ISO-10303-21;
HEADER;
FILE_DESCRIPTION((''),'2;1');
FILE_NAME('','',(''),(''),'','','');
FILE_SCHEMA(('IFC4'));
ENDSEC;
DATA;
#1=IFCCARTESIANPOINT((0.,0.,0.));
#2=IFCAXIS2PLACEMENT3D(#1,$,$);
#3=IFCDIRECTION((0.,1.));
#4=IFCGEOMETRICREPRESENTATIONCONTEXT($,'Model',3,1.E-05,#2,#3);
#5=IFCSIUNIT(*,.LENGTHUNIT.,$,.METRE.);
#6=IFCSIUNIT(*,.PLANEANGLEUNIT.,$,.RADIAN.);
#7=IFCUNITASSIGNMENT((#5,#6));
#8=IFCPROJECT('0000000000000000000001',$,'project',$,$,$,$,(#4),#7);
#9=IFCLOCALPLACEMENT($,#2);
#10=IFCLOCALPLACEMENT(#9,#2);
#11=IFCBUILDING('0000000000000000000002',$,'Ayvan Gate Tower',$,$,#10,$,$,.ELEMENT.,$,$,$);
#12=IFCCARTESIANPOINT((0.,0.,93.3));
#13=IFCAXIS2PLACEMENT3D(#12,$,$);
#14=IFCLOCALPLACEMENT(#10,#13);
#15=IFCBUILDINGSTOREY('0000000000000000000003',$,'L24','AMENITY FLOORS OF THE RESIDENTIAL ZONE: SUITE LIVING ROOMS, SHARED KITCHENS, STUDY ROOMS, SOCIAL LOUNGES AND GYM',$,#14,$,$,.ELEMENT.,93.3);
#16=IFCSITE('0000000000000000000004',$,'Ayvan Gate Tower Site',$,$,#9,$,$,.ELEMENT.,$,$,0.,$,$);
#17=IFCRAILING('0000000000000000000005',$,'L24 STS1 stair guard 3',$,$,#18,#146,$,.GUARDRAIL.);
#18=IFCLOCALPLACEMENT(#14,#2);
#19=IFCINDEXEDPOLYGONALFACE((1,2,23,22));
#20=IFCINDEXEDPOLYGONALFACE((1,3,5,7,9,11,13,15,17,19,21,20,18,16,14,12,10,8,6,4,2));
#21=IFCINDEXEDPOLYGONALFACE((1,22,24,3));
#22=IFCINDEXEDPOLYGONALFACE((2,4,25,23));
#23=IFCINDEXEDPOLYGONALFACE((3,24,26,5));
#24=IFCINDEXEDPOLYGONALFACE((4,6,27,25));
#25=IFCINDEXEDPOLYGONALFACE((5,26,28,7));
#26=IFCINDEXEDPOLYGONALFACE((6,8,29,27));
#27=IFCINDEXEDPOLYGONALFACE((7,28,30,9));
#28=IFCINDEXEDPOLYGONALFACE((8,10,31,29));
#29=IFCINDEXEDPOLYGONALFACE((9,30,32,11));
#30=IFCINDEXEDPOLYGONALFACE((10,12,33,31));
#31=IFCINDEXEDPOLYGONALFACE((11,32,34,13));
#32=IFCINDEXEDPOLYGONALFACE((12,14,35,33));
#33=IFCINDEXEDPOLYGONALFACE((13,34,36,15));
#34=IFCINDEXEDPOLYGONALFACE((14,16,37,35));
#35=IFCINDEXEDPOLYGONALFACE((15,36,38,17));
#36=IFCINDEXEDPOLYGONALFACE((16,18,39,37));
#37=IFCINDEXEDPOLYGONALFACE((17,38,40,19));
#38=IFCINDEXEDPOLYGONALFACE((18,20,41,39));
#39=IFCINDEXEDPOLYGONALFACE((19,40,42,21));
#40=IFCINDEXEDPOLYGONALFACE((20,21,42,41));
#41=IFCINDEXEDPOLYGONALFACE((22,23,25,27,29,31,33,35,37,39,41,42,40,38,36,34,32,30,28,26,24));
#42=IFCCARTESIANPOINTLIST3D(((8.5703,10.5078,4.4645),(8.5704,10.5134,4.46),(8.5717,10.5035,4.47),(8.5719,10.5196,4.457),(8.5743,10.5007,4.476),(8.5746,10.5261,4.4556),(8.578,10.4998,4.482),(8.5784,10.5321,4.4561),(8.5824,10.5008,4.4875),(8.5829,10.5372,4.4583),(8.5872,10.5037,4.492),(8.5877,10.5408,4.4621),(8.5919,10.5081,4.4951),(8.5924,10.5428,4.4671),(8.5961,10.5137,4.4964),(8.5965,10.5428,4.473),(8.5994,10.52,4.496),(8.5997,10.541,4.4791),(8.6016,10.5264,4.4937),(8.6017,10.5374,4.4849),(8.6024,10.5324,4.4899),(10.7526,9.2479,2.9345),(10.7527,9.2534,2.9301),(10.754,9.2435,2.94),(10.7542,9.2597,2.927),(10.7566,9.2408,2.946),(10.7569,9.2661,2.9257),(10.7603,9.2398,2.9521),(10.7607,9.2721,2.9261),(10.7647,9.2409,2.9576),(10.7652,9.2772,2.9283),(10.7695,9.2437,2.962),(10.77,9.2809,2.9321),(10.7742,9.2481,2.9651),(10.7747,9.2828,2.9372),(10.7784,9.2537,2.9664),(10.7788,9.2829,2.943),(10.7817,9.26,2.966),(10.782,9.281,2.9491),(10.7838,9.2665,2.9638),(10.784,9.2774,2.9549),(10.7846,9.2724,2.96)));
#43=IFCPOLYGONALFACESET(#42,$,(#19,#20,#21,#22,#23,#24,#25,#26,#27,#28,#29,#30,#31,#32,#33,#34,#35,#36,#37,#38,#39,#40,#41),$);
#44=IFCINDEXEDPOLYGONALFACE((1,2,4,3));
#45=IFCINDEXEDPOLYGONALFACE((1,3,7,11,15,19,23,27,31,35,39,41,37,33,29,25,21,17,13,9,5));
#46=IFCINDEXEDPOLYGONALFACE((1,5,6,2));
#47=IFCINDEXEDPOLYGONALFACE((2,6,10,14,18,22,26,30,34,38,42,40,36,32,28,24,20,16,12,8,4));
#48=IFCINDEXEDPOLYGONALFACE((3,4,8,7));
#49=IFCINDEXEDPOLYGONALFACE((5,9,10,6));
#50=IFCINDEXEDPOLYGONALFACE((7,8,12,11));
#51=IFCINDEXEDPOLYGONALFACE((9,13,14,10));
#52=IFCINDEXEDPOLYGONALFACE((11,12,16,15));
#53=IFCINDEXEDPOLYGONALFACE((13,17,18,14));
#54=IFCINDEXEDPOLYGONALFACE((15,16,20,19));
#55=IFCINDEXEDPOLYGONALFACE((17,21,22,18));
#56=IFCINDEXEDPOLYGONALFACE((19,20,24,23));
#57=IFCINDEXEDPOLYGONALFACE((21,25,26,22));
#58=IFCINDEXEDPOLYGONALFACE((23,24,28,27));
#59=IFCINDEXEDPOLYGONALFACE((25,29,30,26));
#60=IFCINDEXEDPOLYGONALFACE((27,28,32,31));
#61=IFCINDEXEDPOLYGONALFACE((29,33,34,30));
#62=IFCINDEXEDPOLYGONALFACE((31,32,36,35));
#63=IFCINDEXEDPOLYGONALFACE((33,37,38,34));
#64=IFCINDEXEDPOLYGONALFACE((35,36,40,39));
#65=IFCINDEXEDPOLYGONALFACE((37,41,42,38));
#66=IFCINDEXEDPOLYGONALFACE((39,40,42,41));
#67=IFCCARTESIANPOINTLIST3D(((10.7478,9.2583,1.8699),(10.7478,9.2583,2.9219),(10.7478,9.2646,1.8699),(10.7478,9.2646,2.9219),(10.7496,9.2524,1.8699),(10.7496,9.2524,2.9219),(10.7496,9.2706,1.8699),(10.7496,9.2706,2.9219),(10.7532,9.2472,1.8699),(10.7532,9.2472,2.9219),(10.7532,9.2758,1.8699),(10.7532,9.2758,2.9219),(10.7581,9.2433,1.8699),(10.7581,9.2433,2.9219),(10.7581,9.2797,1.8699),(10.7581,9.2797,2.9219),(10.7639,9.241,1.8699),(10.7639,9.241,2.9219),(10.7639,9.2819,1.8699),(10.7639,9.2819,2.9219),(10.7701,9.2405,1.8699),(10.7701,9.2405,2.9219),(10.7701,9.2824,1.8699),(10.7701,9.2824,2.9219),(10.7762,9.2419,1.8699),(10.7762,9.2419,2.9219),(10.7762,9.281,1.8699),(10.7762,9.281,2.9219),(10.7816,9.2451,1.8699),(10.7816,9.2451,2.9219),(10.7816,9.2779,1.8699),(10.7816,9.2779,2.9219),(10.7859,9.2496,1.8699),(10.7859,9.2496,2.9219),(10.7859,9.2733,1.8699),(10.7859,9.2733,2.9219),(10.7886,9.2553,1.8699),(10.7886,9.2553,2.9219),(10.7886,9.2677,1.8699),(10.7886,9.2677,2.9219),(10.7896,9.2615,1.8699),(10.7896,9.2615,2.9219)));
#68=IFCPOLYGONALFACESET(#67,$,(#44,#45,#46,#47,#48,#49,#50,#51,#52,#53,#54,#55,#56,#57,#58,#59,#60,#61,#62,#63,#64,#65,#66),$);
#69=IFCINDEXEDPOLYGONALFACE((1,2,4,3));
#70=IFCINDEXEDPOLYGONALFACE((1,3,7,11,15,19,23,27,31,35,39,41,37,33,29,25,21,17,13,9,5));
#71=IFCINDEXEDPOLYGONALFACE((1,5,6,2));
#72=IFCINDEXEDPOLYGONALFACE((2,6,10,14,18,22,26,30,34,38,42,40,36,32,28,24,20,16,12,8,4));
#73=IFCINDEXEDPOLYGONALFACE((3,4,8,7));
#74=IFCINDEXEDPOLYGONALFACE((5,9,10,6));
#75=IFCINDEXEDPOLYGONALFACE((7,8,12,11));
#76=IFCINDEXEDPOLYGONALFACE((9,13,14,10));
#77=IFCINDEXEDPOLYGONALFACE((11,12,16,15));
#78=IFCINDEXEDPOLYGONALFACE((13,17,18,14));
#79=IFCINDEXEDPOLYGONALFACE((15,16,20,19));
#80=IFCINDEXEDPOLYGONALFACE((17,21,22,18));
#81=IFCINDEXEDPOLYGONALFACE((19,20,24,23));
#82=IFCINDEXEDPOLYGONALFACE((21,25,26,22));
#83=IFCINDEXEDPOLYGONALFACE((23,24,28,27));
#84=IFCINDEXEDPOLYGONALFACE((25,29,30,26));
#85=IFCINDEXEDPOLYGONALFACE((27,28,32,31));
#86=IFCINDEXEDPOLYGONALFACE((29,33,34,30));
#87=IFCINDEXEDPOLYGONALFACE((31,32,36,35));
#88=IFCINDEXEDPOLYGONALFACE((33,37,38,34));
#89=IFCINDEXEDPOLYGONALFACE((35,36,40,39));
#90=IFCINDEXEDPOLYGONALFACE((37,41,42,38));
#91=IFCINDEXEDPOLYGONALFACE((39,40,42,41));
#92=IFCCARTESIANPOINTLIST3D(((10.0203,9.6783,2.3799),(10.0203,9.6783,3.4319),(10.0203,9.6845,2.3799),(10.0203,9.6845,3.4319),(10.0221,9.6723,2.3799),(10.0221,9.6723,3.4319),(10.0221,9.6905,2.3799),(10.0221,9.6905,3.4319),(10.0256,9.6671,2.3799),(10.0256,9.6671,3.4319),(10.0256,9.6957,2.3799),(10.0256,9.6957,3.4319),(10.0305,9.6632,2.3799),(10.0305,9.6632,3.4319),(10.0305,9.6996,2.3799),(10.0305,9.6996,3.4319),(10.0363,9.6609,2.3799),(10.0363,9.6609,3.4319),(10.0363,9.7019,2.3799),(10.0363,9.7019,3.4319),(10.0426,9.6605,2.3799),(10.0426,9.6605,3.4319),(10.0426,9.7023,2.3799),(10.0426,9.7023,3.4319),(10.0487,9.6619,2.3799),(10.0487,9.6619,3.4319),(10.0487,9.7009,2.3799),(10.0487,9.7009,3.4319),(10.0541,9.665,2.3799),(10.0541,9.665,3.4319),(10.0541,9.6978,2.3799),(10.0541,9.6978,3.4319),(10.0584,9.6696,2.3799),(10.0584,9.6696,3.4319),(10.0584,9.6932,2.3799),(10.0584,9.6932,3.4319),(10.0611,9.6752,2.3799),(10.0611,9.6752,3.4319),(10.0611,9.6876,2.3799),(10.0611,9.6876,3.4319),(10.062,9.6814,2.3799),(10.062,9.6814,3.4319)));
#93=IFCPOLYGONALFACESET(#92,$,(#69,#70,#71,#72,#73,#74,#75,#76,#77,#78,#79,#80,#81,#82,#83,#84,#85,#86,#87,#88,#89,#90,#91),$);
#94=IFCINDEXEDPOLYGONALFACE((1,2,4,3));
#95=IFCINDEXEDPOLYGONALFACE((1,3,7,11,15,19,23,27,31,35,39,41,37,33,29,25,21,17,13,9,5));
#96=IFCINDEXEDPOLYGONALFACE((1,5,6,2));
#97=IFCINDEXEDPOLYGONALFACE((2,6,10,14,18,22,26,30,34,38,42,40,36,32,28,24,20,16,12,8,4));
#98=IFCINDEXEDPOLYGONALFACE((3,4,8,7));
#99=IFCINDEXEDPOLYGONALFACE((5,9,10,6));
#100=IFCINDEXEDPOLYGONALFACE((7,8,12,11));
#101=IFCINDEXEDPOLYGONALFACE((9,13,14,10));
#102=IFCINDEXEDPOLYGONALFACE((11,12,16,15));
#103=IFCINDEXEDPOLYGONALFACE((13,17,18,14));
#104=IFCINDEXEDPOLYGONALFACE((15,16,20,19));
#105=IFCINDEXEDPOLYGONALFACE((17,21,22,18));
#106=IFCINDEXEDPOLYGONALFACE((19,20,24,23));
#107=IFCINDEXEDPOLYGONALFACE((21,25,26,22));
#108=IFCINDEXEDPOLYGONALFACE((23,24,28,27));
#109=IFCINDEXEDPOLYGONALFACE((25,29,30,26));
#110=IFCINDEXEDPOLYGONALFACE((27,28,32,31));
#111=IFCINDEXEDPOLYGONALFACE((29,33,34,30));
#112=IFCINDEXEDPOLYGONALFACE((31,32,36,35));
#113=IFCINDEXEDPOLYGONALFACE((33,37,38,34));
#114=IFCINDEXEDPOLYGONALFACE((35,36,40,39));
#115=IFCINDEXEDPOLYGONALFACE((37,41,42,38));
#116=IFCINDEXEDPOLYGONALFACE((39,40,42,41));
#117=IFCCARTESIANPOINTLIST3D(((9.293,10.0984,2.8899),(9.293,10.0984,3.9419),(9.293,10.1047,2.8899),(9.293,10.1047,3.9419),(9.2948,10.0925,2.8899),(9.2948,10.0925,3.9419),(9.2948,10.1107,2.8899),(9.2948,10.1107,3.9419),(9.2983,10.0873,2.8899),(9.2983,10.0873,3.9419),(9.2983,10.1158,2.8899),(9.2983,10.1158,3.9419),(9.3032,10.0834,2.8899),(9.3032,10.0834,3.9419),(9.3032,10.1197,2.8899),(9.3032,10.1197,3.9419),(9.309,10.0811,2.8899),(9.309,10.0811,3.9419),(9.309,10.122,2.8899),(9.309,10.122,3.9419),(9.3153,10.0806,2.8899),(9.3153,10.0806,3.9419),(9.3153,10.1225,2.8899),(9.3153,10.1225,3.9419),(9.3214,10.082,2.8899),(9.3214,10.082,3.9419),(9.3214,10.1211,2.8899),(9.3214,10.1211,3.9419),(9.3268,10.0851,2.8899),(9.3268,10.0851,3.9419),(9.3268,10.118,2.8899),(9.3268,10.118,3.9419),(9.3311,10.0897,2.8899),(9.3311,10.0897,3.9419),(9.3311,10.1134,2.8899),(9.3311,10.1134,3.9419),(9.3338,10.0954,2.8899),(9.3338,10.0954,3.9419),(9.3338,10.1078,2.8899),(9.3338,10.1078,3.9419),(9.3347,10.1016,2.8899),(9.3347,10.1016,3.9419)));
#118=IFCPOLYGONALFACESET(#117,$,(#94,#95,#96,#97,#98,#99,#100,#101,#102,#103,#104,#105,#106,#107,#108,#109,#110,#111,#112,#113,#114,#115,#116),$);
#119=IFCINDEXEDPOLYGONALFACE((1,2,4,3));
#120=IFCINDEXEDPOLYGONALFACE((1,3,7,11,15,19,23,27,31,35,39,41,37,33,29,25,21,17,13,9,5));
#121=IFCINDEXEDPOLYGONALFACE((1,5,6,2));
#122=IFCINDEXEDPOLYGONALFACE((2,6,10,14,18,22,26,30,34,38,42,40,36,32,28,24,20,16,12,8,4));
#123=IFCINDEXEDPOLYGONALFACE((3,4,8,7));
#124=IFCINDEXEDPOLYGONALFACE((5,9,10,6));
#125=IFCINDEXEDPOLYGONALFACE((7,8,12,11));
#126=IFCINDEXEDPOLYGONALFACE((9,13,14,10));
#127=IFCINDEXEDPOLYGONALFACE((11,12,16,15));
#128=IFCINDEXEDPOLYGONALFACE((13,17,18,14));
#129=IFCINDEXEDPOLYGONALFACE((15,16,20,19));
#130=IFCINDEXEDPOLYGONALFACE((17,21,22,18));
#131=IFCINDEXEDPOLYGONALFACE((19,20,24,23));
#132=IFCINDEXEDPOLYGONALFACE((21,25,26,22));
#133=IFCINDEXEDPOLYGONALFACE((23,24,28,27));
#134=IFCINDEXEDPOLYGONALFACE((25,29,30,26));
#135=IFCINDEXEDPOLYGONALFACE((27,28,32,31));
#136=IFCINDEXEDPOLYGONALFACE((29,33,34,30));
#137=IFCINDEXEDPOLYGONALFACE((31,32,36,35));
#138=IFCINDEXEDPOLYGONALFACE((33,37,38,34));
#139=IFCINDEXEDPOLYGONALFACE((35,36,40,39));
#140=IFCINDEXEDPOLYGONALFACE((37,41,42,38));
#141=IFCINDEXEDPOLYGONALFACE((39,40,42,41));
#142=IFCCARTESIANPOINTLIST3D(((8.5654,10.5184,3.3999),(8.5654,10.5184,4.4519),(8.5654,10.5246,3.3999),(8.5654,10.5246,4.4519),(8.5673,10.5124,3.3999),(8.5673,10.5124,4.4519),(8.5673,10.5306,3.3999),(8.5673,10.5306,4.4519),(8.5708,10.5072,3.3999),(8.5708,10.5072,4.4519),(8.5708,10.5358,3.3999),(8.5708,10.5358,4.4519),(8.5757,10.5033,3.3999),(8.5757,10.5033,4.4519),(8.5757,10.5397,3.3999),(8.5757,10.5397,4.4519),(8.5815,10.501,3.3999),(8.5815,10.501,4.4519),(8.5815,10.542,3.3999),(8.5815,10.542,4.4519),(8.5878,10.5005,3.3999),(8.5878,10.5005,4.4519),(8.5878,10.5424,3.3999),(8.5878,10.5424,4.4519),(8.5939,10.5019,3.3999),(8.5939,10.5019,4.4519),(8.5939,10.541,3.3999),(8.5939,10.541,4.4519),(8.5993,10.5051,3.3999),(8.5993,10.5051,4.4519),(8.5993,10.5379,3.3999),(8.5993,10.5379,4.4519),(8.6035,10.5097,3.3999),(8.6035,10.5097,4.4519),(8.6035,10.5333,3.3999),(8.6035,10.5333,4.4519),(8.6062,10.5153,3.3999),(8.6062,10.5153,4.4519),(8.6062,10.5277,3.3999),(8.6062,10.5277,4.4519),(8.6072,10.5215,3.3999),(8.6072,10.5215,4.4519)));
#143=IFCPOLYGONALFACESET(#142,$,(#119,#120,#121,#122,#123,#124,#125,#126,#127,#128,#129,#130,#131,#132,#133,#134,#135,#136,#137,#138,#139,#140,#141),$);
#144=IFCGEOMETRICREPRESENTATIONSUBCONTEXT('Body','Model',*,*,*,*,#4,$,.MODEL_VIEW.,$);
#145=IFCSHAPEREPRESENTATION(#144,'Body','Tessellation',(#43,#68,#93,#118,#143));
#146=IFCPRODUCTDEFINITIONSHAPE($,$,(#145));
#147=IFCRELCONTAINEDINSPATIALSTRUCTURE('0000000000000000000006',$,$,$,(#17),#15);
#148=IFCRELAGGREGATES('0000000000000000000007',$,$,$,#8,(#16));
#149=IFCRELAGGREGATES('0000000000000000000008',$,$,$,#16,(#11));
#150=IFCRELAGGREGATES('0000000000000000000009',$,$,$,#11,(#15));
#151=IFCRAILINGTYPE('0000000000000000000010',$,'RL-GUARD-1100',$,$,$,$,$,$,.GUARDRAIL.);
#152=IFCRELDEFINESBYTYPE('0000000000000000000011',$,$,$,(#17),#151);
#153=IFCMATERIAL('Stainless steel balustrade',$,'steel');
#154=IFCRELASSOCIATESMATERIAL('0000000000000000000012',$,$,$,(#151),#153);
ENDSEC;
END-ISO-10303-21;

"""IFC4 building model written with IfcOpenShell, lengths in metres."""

from ifc_helpers import new_model, si_unit, direction, frame, origin, origin_2d, place, context, subcontext, project, spatial, circle, extrude, material, type_object, element, save


model = new_model("IFC4")

# Units and contexts
model_context = context("Model", 3, precision=1e-05, world=origin(), true_north=direction((0.0, 1.0)))
body_context = subcontext(model_context, "Body", "Model", "MODEL_VIEW")
ifc_project = project(units=[si_unit("LENGTHUNIT", "METRE"), si_unit("PLANEANGLEUNIT", "RADIAN")], contexts=[model_context])

# Site, building, storey
site_placement = place(None, origin())
site = spatial("IfcSite", under=ifc_project, at=site_placement, Name="Ayvan Gate Tower Site", CompositionType="ELEMENT", RefElevation=0.0)
building_placement = place(site_placement, origin())
building = spatial("IfcBuilding", under=site, at=building_placement, Name="Ayvan Gate Tower", CompositionType="ELEMENT")
storey_placement = place(building_placement, frame((0.0, 0.0, 93.3)))
storey = spatial("IfcBuildingStorey", under=building, at=storey_placement, Name="L24", Description="AMENITY FLOORS OF THE RESIDENTIAL ZONE: SUITE LIVING ROOMS, SHARED KITCHENS, STUDY ROOMS, SOCIAL LOUNGES AND GYM", CompositionType="ELEMENT", Elevation=93.3)

# Railing
ifc_material_1 = material(Name="Stainless steel balustrade", Category="steel")
railing_type_1 = type_object("IfcRailingType", Name="RL-GUARD-1100", PredefinedType="GUARDRAIL", material=ifc_material_1)
railing_1_placement = place(storey_placement, frame((10.7686, 9.2615, 1.8699)))
element("IfcRailing", 1, at=railing_1_placement, inside=storey, type_object=railing_type_1, Name="L24 STS1 stair guard 3", PredefinedType="GUARDRAIL", context=body_context, shape_type="SweptSolid", body=[
    extrude(circle(Radius=0.0239, at=origin_2d()), frame((0.0, 0.0, 1.0762), z_axis=(-0.740261, 0.427395, 0.518986), x_axis=(-0.500005, -0.866023, 0.0)), (0.0, 0.0, 1.0), 2.948),
    extrude(circle(Radius=0.021, at=origin_2d()), origin(), (0.0, 0.0, 1.0), 1.052),
    extrude(circle(Radius=0.021, at=origin_2d()), frame((-0.7275, 0.4199, 0.51)), (0.0, 0.0, 1.0), 1.052),
    extrude(circle(Radius=0.021, at=origin_2d()), frame((-1.4548, 0.8401, 1.02)), (0.0, 0.0, 1.0), 1.052),
    extrude(circle(Radius=0.021, at=origin_2d()), frame((-2.1824, 1.26, 1.53)), (0.0, 0.0, 1.0), 1.052),
])

save(model, "model.ifc")
